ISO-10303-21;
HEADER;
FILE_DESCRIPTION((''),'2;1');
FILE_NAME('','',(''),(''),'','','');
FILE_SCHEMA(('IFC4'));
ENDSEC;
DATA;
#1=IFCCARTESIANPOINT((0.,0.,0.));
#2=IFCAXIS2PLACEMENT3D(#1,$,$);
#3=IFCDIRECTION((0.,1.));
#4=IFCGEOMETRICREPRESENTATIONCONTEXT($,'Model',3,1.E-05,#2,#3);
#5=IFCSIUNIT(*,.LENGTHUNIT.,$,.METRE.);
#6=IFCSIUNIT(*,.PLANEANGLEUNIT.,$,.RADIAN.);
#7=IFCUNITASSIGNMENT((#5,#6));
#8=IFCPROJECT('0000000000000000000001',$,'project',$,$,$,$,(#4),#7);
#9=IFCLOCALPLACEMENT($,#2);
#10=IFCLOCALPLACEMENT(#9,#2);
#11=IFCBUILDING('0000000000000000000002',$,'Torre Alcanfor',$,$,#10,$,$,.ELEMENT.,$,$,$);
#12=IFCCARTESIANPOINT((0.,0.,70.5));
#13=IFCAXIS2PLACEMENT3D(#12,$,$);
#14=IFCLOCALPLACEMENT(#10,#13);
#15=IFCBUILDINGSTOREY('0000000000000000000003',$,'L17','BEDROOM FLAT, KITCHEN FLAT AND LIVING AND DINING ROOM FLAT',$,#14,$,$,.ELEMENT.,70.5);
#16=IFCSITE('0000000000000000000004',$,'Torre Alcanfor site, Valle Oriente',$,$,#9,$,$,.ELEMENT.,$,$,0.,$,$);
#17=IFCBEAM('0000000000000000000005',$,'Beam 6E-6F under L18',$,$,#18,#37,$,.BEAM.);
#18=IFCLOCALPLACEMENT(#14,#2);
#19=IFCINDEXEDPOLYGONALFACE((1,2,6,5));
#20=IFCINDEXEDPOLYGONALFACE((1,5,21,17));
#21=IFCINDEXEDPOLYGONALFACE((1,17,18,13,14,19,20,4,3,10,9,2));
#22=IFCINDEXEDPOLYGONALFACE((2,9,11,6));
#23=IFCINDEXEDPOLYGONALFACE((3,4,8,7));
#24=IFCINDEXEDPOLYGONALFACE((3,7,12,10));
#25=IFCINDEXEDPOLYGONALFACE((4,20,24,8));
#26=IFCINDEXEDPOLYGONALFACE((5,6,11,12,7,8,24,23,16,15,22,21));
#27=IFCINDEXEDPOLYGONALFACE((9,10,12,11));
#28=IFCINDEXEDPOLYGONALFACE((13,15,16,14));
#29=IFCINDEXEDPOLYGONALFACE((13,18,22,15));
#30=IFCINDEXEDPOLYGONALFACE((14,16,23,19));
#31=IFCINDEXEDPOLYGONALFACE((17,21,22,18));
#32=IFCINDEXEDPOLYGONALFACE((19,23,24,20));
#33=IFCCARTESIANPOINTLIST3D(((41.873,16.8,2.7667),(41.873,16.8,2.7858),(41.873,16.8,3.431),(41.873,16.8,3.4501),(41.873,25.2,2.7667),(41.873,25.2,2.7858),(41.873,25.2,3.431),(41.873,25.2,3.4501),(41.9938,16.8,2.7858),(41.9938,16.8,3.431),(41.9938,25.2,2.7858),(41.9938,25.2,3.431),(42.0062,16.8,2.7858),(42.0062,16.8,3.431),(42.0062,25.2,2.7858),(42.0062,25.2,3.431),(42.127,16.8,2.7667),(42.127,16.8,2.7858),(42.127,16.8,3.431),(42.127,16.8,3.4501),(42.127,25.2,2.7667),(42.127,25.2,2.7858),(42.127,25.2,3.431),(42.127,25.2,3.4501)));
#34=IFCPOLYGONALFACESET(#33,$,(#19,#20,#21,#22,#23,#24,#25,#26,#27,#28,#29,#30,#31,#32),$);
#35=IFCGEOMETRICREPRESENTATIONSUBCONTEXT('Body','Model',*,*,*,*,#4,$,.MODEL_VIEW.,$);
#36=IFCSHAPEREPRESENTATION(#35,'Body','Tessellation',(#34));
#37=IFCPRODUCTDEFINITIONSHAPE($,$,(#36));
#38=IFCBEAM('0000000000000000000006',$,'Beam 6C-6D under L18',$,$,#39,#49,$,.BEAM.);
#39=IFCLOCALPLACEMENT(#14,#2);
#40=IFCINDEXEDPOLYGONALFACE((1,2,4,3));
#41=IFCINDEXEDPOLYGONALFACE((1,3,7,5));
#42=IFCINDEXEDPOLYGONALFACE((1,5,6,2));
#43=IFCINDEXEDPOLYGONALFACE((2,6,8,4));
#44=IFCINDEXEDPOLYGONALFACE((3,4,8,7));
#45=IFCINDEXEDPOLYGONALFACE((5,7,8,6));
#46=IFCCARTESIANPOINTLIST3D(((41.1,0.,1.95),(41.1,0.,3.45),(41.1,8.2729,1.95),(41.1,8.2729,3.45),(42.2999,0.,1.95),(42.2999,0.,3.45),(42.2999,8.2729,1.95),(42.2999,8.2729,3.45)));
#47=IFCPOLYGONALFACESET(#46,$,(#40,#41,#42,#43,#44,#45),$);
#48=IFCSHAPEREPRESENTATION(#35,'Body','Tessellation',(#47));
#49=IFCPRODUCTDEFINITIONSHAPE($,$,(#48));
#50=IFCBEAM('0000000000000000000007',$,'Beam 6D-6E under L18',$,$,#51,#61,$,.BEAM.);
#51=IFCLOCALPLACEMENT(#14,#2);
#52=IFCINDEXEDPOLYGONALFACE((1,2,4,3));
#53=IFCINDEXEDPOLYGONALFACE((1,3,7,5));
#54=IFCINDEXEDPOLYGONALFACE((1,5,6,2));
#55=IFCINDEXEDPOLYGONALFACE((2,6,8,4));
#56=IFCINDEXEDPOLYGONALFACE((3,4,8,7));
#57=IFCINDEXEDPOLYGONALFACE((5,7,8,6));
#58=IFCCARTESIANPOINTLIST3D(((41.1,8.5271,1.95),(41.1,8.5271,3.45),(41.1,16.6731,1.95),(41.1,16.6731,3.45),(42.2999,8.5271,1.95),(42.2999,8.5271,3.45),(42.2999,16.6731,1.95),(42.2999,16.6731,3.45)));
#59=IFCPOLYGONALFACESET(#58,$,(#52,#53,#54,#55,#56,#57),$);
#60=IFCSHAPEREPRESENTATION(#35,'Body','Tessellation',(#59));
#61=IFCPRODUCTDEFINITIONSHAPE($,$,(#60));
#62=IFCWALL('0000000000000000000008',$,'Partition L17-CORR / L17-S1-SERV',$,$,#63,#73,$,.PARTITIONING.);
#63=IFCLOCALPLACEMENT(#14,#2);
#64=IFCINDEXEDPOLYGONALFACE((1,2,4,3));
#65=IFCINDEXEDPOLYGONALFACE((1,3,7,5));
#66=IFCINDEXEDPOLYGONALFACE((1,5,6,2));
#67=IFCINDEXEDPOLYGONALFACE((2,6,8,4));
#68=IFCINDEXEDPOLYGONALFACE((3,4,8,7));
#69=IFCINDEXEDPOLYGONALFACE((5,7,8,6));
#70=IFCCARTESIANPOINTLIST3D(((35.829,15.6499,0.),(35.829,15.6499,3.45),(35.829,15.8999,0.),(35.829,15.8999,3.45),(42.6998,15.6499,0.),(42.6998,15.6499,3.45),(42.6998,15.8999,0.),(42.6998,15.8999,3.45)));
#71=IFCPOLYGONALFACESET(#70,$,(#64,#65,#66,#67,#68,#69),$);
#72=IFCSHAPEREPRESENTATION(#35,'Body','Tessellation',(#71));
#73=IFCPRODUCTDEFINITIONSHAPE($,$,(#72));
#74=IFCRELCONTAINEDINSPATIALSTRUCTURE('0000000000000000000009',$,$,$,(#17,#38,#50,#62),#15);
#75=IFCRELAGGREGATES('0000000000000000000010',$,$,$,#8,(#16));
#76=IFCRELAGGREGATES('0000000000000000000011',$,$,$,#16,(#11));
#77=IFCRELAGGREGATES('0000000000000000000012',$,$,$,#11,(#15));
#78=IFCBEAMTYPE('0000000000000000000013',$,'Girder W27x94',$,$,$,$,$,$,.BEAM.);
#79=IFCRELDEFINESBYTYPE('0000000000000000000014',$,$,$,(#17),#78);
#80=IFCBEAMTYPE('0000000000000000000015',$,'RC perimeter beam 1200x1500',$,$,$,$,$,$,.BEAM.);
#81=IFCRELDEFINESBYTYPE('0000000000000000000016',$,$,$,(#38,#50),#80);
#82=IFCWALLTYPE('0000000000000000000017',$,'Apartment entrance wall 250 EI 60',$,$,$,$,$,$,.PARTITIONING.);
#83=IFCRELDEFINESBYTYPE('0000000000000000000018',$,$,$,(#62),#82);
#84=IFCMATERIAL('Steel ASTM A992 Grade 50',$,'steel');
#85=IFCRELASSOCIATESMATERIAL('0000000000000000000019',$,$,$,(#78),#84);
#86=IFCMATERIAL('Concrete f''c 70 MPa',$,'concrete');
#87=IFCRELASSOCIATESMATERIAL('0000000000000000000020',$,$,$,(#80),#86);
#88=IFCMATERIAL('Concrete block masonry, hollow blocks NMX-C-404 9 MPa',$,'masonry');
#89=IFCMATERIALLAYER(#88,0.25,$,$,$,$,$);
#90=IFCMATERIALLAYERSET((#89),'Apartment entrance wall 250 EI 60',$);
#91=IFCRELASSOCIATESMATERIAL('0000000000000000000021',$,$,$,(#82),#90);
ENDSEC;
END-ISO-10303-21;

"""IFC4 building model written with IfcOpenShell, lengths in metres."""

from ifc_helpers import new_model, si_unit, direction, frame, frame_2d, origin, origin_2d, place, context, subcontext, project, spatial, rectangle, i_section, extrude, material, layer, layer_set, material_profile, profile_set, type_object, element, save


model = new_model("IFC4")

# Units and contexts
model_context = context("Model", 3, precision=1e-05, world=origin(), true_north=direction((0.0, 1.0)))
body_context = subcontext(model_context, "Body", "Model", "MODEL_VIEW")
ifc_project = project(units=[si_unit("LENGTHUNIT", "METRE"), si_unit("PLANEANGLEUNIT", "RADIAN")], contexts=[model_context])

# Site, building, storey
site_placement = place(None, origin())
site = spatial("IfcSite", under=ifc_project, at=site_placement, Name="Torre Alcanfor site, Valle Oriente", CompositionType="ELEMENT", RefElevation=0.0)
building_placement = place(site_placement, origin())
building = spatial("IfcBuilding", under=site, at=building_placement, Name="Torre Alcanfor", CompositionType="ELEMENT")
storey_placement = place(building_placement, frame((0.0, 0.0, 70.5)))
storey = spatial("IfcBuildingStorey", under=building, at=storey_placement, Name="L17", Description="BEDROOM FLAT, KITCHEN FLAT AND LIVING AND DINING ROOM FLAT", CompositionType="ELEMENT", Elevation=70.5)

# Beams
ifc_material_1 = material(Name="Steel ASTM A992 Grade 50", Category="steel")
ifc_material_profile_1 = material_profile(ifc_material_1, i_section(OverallWidth=0.2539, OverallDepth=0.6833, WebThickness=0.0125, FlangeThickness=0.019, at=origin_2d()), Name="W27x94")
ifc_profile_set_1 = profile_set([ifc_material_profile_1], Name="Steel ASTM A992 Grade 50")
beam_type_1 = type_object("IfcBeamType", Name="Girder W27x94", PredefinedType="BEAM", material=ifc_profile_set_1)
beam_1_placement = place(storey_placement, frame((42.0, 16.8, 3.1084), z_axis=(0.0, 1.0, 0.0), x_axis=(-1.0, 0.0, 0.0)))
element("IfcBeam", 1, at=beam_1_placement, inside=storey, type_object=beam_type_1, Name="Beam 6E-6F under L18", PredefinedType="BEAM", context=body_context, shape_type="SweptSolid", body=[
    extrude(i_section(OverallWidth=0.2539, OverallDepth=0.6833, WebThickness=0.0125, FlangeThickness=0.019, at=origin_2d()), origin(), (0.0, 0.0, 1.0), 8.3999),
])
ifc_material_2 = material(Name="Concrete f'c 70 MPa", Category="concrete")
ifc_material_profile_2 = material_profile(ifc_material_2, rectangle(XDim=1.2, YDim=1.5, at=origin_2d()), Name="1200x1500")
ifc_profile_set_2 = profile_set([ifc_material_profile_2], Name="Concrete f'c 70 MPa")
beam_type_2 = type_object("IfcBeamType", Name="RC perimeter beam 1200x1500", PredefinedType="BEAM", material=ifc_profile_set_2)
beam_2_placement = place(storey_placement, frame((41.7, 0.0, 2.7), z_axis=(0.0, 1.0, 0.0), x_axis=(-1.0, 0.0, 0.0)))
element("IfcBeam", 2, at=beam_2_placement, inside=storey, type_object=beam_type_2, Name="Beam 6C-6D under L18", PredefinedType="BEAM", context=body_context, shape_type="SweptSolid", body=[
    extrude(rectangle(XDim=1.2, YDim=1.5, at=origin_2d()), origin(), (0.0, 0.0, 1.0), 8.2729),
])
beam_3_placement = place(storey_placement, frame((41.7, 8.5271, 2.7), z_axis=(0.0, 1.0, 0.0), x_axis=(-1.0, 0.0, 0.0)))
element("IfcBeam", 3, at=beam_3_placement, inside=storey, type_object=beam_type_2, Name="Beam 6D-6E under L18", PredefinedType="BEAM", context=body_context, shape_type="SweptSolid", body=[
    extrude(rectangle(XDim=1.2, YDim=1.5, at=origin_2d()), origin(), (0.0, 0.0, 1.0), 8.146),
])

# Wall
ifc_material_3 = material(Name="Concrete block masonry, hollow blocks NMX-C-404 9 MPa", Category="masonry")
ifc_layer_1 = layer(ifc_material_3, 0.25)
ifc_layer_set_1 = layer_set([ifc_layer_1], Name="Apartment entrance wall 250 EI 60")
wall_type_1 = type_object("IfcWallType", Name="Apartment entrance wall 250 EI 60", PredefinedType="PARTITIONING", material=ifc_layer_set_1)
wall_1_placement = place(storey_placement, frame((42.7, 15.7749, 0.0), z_axis=(0.0, 0.0, 1.0), x_axis=(-1.0, 0.0, 0.0)))
element("IfcWall", 4, at=wall_1_placement, inside=storey, type_object=wall_type_1, Name="Partition L17-CORR / L17-S1-SERV", PredefinedType="PARTITIONING", context=body_context, shape_type="SweptSolid", body=[
    extrude(rectangle(XDim=6.8708, YDim=0.25, at=frame_2d((3.4355, 0.0))), origin(), (0.0, 0.0, 1.0), 3.45),
])

save(model, "model.ifc")
